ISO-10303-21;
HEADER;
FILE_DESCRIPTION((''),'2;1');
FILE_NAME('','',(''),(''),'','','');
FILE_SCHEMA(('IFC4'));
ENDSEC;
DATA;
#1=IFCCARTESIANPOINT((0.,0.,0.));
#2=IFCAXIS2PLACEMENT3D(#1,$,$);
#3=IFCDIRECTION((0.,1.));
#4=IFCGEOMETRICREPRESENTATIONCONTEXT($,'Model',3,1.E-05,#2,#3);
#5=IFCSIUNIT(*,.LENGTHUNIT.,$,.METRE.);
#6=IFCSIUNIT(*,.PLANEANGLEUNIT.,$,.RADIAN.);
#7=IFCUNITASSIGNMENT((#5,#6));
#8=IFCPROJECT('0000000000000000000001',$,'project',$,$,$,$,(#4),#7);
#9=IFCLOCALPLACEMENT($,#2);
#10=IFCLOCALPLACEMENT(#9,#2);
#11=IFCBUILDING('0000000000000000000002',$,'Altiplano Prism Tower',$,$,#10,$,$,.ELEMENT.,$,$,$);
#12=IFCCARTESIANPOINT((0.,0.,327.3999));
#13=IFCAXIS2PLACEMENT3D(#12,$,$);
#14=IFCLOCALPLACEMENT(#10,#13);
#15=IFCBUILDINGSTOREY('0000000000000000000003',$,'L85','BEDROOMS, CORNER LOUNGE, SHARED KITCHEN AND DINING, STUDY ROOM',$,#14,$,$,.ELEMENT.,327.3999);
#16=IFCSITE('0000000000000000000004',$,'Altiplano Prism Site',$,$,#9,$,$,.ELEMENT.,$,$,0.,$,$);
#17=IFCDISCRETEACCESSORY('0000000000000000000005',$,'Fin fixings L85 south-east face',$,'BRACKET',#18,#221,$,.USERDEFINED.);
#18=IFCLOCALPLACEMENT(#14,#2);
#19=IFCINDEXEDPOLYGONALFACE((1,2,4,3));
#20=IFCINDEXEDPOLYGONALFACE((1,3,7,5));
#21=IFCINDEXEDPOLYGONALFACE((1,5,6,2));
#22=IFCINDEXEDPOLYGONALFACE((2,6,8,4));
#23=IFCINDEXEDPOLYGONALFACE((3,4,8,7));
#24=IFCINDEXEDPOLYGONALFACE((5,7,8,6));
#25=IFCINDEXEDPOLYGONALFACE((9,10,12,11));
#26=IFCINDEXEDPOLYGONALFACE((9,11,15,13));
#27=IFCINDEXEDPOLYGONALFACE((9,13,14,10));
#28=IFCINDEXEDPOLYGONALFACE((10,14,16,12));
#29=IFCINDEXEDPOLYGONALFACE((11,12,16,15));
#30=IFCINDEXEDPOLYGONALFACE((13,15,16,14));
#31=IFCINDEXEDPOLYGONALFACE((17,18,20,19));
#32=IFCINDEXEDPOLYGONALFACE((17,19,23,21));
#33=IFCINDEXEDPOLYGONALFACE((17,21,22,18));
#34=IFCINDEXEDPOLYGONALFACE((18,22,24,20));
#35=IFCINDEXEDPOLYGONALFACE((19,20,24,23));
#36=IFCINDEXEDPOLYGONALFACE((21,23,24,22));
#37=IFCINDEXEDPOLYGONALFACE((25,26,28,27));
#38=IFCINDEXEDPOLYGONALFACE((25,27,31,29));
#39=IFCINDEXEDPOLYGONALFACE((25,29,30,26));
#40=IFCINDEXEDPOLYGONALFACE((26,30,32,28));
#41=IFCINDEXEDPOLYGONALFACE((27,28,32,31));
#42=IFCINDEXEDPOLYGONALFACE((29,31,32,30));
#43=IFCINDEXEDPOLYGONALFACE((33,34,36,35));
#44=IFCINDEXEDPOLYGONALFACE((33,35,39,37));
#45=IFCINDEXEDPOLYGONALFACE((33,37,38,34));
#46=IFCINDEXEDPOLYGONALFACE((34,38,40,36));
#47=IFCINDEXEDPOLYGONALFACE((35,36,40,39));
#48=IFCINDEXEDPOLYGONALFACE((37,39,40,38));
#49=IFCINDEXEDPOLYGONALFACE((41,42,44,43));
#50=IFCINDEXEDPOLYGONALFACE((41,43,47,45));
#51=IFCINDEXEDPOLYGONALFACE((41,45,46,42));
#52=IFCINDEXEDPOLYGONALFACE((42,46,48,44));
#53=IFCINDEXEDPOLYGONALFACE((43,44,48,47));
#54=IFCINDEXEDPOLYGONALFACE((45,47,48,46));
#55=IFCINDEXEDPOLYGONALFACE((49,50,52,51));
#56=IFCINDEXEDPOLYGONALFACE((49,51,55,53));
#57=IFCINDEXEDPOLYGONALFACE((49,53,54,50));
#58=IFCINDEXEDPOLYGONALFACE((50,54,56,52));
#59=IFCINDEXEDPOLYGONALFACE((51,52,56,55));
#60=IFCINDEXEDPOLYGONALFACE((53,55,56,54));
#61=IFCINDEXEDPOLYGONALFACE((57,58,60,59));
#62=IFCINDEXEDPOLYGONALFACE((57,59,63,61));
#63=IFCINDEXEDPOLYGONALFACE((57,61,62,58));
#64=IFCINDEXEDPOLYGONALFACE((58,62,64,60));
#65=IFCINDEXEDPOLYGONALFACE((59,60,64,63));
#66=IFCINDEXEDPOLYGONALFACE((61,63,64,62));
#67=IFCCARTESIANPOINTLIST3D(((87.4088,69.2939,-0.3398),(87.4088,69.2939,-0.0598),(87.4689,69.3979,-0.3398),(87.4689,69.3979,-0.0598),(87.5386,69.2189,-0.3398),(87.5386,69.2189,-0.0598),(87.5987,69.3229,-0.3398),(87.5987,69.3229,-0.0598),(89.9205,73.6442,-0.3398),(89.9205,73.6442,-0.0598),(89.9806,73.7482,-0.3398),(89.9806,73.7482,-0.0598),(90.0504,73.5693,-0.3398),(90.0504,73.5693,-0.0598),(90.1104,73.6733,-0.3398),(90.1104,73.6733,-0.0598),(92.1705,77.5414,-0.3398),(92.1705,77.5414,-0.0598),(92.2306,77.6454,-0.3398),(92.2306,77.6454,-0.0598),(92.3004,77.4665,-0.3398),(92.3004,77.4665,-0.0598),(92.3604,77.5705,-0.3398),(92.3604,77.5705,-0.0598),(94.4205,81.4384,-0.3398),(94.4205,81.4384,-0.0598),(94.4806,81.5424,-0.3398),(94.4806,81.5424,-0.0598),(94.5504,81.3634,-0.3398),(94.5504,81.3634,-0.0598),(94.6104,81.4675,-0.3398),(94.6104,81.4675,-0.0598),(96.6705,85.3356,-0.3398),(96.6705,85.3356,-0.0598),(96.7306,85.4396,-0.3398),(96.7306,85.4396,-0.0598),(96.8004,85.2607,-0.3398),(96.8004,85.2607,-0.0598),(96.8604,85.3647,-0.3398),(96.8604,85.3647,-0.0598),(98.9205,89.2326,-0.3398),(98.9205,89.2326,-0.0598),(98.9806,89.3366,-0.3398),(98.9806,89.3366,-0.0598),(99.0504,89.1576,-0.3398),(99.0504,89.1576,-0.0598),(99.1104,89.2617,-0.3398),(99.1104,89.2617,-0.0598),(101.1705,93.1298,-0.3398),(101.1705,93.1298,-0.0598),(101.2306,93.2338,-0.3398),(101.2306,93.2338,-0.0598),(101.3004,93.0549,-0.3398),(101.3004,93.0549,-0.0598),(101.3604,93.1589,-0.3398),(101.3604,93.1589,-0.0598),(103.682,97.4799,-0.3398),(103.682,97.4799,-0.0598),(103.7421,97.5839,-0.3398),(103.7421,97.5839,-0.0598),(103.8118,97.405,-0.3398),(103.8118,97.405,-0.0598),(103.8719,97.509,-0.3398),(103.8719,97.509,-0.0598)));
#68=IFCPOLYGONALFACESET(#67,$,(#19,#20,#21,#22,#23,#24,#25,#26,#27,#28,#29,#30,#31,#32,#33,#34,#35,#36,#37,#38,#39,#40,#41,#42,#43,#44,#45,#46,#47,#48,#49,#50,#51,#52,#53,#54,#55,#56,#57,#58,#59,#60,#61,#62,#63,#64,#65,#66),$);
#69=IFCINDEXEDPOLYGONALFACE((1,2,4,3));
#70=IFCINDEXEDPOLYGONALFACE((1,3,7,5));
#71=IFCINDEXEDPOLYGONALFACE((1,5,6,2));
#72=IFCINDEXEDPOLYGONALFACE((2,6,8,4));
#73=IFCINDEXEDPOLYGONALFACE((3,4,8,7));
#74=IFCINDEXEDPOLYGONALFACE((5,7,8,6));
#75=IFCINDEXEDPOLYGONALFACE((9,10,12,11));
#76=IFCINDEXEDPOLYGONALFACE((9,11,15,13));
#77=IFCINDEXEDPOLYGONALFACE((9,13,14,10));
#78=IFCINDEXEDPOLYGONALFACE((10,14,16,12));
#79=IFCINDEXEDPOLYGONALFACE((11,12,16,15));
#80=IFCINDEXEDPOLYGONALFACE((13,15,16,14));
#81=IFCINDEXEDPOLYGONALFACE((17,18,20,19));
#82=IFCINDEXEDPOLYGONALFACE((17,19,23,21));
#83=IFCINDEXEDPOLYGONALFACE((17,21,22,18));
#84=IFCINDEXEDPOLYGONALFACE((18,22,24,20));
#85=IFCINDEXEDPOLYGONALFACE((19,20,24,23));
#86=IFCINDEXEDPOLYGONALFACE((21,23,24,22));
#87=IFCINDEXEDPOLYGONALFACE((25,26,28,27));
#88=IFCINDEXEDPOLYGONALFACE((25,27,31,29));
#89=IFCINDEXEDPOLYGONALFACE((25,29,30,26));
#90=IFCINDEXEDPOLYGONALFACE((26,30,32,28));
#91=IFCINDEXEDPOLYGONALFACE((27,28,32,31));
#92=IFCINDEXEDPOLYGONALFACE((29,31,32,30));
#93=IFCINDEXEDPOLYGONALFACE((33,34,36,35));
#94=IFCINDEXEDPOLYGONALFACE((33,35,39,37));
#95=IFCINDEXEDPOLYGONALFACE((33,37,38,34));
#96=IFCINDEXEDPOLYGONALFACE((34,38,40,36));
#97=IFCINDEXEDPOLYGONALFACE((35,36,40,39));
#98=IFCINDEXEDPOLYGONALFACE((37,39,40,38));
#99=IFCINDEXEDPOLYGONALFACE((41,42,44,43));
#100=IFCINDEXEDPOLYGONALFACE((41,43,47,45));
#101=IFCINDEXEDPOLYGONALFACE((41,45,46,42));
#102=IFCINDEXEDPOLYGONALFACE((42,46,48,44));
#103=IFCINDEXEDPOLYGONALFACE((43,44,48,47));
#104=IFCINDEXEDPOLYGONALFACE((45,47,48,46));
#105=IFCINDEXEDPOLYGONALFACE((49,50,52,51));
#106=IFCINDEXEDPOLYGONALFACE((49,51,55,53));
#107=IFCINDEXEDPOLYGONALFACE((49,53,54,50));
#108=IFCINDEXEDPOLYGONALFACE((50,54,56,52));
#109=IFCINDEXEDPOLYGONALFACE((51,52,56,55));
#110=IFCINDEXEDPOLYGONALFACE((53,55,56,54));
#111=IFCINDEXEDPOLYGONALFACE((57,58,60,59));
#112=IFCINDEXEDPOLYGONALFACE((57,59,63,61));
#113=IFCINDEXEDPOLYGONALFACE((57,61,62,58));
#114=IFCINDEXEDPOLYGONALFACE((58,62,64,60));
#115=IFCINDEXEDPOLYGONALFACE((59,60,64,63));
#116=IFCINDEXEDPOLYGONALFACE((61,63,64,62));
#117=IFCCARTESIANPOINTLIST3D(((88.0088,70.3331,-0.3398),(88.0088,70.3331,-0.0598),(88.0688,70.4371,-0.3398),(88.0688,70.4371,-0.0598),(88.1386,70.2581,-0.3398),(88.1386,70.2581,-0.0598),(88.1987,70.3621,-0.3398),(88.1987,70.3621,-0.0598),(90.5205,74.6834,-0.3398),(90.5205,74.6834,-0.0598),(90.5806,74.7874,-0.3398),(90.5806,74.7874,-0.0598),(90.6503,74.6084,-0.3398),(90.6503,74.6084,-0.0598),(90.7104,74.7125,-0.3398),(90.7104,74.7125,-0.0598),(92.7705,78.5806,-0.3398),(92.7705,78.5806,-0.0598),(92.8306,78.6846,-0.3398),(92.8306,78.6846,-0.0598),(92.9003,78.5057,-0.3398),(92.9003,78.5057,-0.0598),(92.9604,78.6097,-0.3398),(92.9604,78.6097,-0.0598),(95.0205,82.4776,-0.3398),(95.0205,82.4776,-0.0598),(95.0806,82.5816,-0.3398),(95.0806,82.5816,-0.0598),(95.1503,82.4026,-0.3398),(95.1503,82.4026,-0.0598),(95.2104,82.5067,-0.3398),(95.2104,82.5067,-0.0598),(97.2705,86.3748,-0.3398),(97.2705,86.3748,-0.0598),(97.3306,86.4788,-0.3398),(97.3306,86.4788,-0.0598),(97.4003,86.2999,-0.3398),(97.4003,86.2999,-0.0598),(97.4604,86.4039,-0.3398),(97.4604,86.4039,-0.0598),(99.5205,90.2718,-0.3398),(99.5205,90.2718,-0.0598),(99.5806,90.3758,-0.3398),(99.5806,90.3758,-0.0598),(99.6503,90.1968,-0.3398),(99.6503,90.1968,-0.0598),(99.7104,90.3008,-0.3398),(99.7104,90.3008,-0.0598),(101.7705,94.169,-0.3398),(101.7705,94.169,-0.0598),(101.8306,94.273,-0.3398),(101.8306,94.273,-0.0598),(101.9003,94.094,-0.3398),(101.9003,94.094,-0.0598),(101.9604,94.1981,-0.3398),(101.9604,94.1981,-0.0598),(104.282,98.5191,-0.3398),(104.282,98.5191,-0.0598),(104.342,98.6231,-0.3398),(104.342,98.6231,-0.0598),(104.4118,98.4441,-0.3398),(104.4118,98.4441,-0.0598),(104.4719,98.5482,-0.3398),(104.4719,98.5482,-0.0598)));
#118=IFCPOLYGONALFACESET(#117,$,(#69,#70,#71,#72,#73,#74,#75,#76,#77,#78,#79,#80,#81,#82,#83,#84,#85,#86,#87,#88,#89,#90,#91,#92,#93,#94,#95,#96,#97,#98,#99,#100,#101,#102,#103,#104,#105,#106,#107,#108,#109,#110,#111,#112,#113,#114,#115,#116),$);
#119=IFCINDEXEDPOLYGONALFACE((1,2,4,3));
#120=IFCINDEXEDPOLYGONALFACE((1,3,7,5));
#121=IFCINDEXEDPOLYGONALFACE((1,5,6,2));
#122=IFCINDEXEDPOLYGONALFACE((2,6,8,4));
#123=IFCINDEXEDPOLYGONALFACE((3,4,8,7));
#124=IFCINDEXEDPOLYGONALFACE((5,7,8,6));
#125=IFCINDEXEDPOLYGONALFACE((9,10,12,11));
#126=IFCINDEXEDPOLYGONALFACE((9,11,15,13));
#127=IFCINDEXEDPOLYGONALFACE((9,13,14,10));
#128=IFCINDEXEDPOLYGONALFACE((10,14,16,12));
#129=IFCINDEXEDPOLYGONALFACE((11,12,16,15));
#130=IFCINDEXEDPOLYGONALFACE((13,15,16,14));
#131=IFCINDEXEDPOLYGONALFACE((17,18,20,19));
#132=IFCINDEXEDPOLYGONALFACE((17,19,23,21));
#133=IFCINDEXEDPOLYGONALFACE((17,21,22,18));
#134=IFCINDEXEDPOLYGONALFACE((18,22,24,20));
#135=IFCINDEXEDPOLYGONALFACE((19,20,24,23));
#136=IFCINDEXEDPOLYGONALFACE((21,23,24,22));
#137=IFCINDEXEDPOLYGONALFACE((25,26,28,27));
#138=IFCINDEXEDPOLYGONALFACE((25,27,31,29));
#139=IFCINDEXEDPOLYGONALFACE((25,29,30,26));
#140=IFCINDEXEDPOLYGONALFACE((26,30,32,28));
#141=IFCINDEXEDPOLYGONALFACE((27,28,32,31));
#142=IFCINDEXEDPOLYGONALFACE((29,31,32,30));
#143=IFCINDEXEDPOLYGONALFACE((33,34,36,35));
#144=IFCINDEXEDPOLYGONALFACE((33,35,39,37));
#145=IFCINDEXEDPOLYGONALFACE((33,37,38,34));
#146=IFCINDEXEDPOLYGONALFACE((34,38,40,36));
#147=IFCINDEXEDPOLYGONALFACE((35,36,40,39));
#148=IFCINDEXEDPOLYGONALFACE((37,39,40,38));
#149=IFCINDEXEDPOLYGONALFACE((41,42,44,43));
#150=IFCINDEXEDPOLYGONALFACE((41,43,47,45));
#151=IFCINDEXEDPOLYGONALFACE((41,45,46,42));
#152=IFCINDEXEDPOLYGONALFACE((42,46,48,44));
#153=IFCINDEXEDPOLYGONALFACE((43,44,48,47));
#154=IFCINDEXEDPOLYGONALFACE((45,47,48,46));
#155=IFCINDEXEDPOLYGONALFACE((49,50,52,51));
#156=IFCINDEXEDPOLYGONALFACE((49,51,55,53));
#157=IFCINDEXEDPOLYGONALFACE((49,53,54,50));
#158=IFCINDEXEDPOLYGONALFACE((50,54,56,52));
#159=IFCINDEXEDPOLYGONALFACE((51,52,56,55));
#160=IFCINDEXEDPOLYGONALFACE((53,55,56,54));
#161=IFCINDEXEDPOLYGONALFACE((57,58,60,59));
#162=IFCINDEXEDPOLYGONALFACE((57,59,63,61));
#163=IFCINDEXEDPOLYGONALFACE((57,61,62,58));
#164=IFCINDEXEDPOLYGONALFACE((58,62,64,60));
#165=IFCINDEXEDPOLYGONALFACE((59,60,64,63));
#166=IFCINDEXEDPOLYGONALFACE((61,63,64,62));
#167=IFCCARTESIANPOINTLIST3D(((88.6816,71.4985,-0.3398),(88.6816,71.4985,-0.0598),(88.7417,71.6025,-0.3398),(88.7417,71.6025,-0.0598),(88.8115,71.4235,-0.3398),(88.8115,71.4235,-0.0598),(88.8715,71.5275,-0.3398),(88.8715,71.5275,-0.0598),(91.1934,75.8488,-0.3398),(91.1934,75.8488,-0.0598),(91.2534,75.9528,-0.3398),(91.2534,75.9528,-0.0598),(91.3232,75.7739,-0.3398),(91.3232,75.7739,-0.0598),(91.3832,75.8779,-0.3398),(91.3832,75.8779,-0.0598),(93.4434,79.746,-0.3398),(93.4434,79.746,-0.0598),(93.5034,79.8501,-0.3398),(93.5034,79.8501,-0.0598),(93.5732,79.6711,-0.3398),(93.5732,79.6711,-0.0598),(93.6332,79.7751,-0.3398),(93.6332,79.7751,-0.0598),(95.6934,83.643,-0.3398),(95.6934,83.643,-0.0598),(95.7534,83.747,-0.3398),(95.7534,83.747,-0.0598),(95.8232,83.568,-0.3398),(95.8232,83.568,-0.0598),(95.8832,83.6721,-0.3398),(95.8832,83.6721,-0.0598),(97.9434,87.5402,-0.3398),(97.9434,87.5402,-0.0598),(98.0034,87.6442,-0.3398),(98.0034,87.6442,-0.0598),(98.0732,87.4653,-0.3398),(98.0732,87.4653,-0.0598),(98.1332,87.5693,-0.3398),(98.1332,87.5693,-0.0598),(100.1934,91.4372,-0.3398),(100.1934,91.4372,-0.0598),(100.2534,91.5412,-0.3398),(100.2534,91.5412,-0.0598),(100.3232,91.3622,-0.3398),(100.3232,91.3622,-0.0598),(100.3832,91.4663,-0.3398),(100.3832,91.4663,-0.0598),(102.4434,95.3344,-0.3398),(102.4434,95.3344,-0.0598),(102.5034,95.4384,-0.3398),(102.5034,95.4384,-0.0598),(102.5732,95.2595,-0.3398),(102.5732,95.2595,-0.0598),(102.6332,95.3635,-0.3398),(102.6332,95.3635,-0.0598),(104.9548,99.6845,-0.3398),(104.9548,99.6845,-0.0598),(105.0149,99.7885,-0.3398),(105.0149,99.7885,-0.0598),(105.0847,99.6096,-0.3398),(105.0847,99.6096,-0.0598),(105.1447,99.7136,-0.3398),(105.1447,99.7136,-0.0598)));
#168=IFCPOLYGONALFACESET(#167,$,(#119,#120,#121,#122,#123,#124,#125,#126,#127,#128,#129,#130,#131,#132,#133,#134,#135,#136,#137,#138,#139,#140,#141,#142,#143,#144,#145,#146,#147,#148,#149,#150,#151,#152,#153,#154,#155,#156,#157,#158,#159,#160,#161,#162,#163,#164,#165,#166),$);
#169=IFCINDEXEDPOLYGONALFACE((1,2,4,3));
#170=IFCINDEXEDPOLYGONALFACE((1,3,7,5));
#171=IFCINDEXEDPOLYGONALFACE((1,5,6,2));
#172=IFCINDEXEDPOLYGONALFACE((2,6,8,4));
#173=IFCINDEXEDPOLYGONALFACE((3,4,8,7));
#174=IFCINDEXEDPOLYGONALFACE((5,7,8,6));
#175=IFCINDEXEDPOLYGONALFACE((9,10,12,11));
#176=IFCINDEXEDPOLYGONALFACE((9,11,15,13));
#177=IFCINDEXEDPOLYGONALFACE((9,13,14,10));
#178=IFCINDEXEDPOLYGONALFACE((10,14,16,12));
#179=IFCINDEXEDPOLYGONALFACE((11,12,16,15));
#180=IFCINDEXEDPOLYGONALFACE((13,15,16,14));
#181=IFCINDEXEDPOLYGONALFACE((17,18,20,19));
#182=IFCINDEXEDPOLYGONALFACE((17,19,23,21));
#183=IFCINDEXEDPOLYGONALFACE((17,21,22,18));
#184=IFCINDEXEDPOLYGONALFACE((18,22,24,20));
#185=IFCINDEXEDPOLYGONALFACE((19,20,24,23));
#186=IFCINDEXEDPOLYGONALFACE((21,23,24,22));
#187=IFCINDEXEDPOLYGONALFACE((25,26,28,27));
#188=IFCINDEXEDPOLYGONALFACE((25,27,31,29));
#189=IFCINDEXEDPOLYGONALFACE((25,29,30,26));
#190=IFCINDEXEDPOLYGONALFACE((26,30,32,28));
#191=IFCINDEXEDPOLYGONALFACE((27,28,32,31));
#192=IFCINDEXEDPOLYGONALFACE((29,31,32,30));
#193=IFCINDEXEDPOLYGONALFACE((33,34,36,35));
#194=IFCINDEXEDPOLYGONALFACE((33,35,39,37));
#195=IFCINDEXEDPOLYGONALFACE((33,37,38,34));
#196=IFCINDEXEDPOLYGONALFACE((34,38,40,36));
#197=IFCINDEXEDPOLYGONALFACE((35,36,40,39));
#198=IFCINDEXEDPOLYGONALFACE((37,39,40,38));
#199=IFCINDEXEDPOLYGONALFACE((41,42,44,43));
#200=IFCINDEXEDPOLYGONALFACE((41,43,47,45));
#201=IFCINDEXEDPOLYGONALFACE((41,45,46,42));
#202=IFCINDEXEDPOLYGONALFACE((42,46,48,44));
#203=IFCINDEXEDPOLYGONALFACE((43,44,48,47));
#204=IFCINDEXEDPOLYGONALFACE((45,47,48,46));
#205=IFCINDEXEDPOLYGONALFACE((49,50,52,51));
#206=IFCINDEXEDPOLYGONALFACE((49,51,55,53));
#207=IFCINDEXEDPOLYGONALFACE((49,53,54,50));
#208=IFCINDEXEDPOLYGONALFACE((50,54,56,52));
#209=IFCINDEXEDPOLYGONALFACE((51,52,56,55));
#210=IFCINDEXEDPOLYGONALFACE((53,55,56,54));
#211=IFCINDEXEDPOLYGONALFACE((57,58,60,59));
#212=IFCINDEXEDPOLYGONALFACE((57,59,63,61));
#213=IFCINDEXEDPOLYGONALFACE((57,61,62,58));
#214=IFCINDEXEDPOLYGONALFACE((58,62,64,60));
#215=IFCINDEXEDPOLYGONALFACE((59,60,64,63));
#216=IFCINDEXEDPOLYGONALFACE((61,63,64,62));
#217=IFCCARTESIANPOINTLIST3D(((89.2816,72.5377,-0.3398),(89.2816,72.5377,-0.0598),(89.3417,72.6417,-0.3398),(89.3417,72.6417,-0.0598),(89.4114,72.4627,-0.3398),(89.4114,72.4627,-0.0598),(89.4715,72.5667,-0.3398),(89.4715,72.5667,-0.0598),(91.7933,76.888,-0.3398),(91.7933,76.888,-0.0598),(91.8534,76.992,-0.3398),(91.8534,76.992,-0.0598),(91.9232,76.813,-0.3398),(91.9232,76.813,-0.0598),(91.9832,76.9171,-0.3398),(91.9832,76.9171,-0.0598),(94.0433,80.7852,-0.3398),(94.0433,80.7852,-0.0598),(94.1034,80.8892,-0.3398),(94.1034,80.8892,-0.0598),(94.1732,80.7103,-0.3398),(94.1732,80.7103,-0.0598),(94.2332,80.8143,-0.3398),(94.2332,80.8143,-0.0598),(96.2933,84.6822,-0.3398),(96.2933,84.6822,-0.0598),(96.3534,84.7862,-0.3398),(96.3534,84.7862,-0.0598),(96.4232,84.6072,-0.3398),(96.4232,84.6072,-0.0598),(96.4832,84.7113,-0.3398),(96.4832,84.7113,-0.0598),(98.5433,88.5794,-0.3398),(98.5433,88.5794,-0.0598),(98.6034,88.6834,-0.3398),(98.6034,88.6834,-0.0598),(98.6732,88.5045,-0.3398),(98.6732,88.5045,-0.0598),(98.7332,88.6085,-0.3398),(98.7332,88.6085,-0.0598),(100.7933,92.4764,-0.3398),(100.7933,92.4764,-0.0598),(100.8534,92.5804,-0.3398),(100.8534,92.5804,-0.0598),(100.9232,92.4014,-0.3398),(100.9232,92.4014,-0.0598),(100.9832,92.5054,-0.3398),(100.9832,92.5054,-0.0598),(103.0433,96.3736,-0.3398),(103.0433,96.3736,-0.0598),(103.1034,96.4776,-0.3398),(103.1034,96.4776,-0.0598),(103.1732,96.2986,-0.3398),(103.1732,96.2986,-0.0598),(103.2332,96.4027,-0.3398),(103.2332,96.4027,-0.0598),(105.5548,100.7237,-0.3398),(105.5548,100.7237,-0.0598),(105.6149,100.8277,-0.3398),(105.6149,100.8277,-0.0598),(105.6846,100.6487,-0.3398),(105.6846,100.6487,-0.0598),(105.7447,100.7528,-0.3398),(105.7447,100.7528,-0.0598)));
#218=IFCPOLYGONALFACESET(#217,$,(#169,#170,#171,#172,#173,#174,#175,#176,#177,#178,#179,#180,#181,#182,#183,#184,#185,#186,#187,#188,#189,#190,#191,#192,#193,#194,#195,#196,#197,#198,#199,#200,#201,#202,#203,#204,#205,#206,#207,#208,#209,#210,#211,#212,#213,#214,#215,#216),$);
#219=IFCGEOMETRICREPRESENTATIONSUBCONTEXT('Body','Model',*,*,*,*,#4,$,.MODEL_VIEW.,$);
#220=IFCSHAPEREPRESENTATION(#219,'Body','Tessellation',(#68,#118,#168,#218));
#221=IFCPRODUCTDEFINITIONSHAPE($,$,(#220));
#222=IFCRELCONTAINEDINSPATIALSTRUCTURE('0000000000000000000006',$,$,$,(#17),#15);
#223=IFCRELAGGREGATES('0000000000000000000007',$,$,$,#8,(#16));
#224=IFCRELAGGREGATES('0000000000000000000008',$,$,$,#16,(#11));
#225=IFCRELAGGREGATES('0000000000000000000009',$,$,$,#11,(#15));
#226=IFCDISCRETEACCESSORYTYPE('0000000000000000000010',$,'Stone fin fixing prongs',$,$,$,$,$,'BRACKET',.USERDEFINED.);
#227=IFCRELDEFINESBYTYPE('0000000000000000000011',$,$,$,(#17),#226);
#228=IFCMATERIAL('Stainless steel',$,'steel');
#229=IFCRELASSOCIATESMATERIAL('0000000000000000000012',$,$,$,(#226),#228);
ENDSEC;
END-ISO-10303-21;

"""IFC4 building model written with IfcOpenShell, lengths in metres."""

from ifc_helpers import new_model, si_unit, direction, frame, origin, place, context, subcontext, project, spatial, polyline, outline, extrude, source, transform, mapped, material, type_object, element, save


model = new_model("IFC4")

# Units and contexts
model_context = context("Model", 3, precision=1e-05, world=origin(), true_north=direction((0.0, 1.0)))
body_context = subcontext(model_context, "Body", "Model", "MODEL_VIEW")
ifc_project = project(units=[si_unit("LENGTHUNIT", "METRE"), si_unit("PLANEANGLEUNIT", "RADIAN")], contexts=[model_context])

# Site, building, storey
site_placement = place(None, origin())
site = spatial("IfcSite", under=ifc_project, at=site_placement, Name="Altiplano Prism Site", CompositionType="ELEMENT", RefElevation=0.0)
building_placement = place(site_placement, origin())
building = spatial("IfcBuilding", under=site, at=building_placement, Name="Altiplano Prism Tower", CompositionType="ELEMENT")
storey_placement = place(building_placement, frame((0.0, 0.0, 327.3999)))
storey = spatial("IfcBuildingStorey", under=building, at=storey_placement, Name="L85", Description="BEDROOMS, CORNER LOUNGE, SHARED KITCHEN AND DINING, STUDY ROOM", CompositionType="ELEMENT", Elevation=327.3999)

# Discrete accessory
ifc_material_1 = material(Name="Stainless steel", Category="steel")
discrete_accessory_type = type_object("IfcDiscreteAccessoryType", Name="Stone fin fixing prongs", ElementType="BRACKET", PredefinedType="USERDEFINED", material=ifc_material_1)
shared_shape_1 = source(origin(), body_context, "Body", "SweptSolid", [
    extrude(outline(polyline([(-1.9329, 0.0601), (-1.8127, 0.0601), (-1.8127, 0.3401), (-1.9329, 0.3401), (-1.9329, 0.0601)])), frame((0.0, 0.0, 0.0), z_axis=(0.0, -1.0, 0.0), x_axis=(1.0, 0.0, 0.0)), (0.0, 0.0, 1.0), 0.1499),
    extrude(outline(polyline([(-0.7329, 0.0601), (-0.6128, 0.0601), (-0.6128, 0.3401), (-0.7329, 0.3401), (-0.7329, 0.0601)])), frame((0.0, 0.0, 0.0), z_axis=(0.0, -1.0, 0.0), x_axis=(1.0, 0.0, 0.0)), (0.0, 0.0, 1.0), 0.1499),
    extrude(outline(polyline([(0.6128, 0.0601), (0.7329, 0.0601), (0.7329, 0.3401), (0.6128, 0.3401), (0.6128, 0.0601)])), frame((0.0, 0.0, 0.0), z_axis=(0.0, -1.0, 0.0), x_axis=(1.0, 0.0, 0.0)), (0.0, 0.0, 1.0), 0.1499),
    extrude(outline(polyline([(1.8127, 0.0601), (1.9329, 0.0601), (1.9329, 0.3401), (1.8127, 0.3401), (1.8127, 0.0601)])), frame((0.0, 0.0, 0.0), z_axis=(0.0, -1.0, 0.0), x_axis=(1.0, 0.0, 0.0)), (0.0, 0.0, 1.0), 0.1499),
])
shared_shape_2 = source(origin(), body_context, "Body", "SweptSolid", [
    extrude(outline(polyline([(-1.9329, 0.0601), (-1.8127, 0.0601), (-1.8127, 0.3401), (-1.9329, 0.3401), (-1.9329, 0.0601)])), frame((0.0, 0.0, 0.0), z_axis=(0.0, -1.0, 0.0), x_axis=(1.0, 0.0, 0.0)), (0.0, 0.0, 1.0), 0.1499),
    extrude(outline(polyline([(-0.7329, 0.0601), (-0.6128, 0.0601), (-0.6128, 0.3401), (-0.7329, 0.3401), (-0.7329, 0.0601)])), frame((0.0, 0.0, 0.0), z_axis=(0.0, -1.0, 0.0), x_axis=(1.0, 0.0, 0.0)), (0.0, 0.0, 1.0), 0.1499),
    extrude(outline(polyline([(0.6128, 0.0601), (0.7329, 0.0601), (0.7329, 0.3401), (0.6128, 0.3401), (0.6128, 0.0601)])), frame((0.0, 0.0, 0.0), z_axis=(0.0, -1.0, 0.0), x_axis=(1.0, 0.0, 0.0)), (0.0, 0.0, 1.0), 0.1499),
    extrude(outline(polyline([(1.8127, 0.0601), (1.9329, 0.0601), (1.9329, 0.3401), (1.8127, 0.3401), (1.8127, 0.0601)])), frame((0.0, 0.0, 0.0), z_axis=(0.0, -1.0, 0.0), x_axis=(1.0, 0.0, 0.0)), (0.0, 0.0, 1.0), 0.1499),
])
discrete_accessory_1_placement = place(storey_placement, origin())
element("IfcDiscreteAccessory", 1, at=discrete_accessory_1_placement, inside=storey, type_object=discrete_accessory_type, Name="Fin fixings L85 south-east face", ObjectType="BRACKET", PredefinedType="USERDEFINED", context=body_context, shape_type="MappedRepresentation", body=[
    mapped(shared_shape_1, transform((88.3752, 70.9678, -0.3999), x_axis=(0.5, 0.866025, 0.0), y_axis=(-0.866025, 0.5, 0.0), z_axis=(0.0, 0.0, 1.0))),
    mapped(shared_shape_2, transform((90.887, 75.3181, -0.3999), x_axis=(0.5, 0.866025, 0.0), y_axis=(-0.866025, 0.5, 0.0), z_axis=(0.0, 0.0, 1.0))),
    mapped(shared_shape_2, transform((93.137, 79.2153, -0.3999), x_axis=(0.5, 0.866025, 0.0), y_axis=(-0.866025, 0.5, 0.0), z_axis=(0.0, 0.0, 1.0))),
    mapped(shared_shape_2, transform((95.387, 83.1123, -0.3999), x_axis=(0.5, 0.866025, 0.0), y_axis=(-0.866025, 0.5, 0.0), z_axis=(0.0, 0.0, 1.0))),
    mapped(shared_shape_2, transform((97.637, 87.0095, -0.3999), x_axis=(0.5, 0.866025, 0.0), y_axis=(-0.866025, 0.5, 0.0), z_axis=(0.0, 0.0, 1.0))),
    mapped(shared_shape_2, transform((99.887, 90.9065, -0.3999), x_axis=(0.5, 0.866025, 0.0), y_axis=(-0.866025, 0.5, 0.0), z_axis=(0.0, 0.0, 1.0))),
    mapped(shared_shape_2, transform((102.137, 94.8037, -0.3999), x_axis=(0.5, 0.866025, 0.0), y_axis=(-0.866025, 0.5, 0.0), z_axis=(0.0, 0.0, 1.0))),
    mapped(shared_shape_1, transform((104.6484, 99.1538, -0.3999), x_axis=(0.5, 0.866025, 0.0), y_axis=(-0.866025, 0.5, 0.0), z_axis=(0.0, 0.0, 1.0))),
])

save(model, "model.ifc")
